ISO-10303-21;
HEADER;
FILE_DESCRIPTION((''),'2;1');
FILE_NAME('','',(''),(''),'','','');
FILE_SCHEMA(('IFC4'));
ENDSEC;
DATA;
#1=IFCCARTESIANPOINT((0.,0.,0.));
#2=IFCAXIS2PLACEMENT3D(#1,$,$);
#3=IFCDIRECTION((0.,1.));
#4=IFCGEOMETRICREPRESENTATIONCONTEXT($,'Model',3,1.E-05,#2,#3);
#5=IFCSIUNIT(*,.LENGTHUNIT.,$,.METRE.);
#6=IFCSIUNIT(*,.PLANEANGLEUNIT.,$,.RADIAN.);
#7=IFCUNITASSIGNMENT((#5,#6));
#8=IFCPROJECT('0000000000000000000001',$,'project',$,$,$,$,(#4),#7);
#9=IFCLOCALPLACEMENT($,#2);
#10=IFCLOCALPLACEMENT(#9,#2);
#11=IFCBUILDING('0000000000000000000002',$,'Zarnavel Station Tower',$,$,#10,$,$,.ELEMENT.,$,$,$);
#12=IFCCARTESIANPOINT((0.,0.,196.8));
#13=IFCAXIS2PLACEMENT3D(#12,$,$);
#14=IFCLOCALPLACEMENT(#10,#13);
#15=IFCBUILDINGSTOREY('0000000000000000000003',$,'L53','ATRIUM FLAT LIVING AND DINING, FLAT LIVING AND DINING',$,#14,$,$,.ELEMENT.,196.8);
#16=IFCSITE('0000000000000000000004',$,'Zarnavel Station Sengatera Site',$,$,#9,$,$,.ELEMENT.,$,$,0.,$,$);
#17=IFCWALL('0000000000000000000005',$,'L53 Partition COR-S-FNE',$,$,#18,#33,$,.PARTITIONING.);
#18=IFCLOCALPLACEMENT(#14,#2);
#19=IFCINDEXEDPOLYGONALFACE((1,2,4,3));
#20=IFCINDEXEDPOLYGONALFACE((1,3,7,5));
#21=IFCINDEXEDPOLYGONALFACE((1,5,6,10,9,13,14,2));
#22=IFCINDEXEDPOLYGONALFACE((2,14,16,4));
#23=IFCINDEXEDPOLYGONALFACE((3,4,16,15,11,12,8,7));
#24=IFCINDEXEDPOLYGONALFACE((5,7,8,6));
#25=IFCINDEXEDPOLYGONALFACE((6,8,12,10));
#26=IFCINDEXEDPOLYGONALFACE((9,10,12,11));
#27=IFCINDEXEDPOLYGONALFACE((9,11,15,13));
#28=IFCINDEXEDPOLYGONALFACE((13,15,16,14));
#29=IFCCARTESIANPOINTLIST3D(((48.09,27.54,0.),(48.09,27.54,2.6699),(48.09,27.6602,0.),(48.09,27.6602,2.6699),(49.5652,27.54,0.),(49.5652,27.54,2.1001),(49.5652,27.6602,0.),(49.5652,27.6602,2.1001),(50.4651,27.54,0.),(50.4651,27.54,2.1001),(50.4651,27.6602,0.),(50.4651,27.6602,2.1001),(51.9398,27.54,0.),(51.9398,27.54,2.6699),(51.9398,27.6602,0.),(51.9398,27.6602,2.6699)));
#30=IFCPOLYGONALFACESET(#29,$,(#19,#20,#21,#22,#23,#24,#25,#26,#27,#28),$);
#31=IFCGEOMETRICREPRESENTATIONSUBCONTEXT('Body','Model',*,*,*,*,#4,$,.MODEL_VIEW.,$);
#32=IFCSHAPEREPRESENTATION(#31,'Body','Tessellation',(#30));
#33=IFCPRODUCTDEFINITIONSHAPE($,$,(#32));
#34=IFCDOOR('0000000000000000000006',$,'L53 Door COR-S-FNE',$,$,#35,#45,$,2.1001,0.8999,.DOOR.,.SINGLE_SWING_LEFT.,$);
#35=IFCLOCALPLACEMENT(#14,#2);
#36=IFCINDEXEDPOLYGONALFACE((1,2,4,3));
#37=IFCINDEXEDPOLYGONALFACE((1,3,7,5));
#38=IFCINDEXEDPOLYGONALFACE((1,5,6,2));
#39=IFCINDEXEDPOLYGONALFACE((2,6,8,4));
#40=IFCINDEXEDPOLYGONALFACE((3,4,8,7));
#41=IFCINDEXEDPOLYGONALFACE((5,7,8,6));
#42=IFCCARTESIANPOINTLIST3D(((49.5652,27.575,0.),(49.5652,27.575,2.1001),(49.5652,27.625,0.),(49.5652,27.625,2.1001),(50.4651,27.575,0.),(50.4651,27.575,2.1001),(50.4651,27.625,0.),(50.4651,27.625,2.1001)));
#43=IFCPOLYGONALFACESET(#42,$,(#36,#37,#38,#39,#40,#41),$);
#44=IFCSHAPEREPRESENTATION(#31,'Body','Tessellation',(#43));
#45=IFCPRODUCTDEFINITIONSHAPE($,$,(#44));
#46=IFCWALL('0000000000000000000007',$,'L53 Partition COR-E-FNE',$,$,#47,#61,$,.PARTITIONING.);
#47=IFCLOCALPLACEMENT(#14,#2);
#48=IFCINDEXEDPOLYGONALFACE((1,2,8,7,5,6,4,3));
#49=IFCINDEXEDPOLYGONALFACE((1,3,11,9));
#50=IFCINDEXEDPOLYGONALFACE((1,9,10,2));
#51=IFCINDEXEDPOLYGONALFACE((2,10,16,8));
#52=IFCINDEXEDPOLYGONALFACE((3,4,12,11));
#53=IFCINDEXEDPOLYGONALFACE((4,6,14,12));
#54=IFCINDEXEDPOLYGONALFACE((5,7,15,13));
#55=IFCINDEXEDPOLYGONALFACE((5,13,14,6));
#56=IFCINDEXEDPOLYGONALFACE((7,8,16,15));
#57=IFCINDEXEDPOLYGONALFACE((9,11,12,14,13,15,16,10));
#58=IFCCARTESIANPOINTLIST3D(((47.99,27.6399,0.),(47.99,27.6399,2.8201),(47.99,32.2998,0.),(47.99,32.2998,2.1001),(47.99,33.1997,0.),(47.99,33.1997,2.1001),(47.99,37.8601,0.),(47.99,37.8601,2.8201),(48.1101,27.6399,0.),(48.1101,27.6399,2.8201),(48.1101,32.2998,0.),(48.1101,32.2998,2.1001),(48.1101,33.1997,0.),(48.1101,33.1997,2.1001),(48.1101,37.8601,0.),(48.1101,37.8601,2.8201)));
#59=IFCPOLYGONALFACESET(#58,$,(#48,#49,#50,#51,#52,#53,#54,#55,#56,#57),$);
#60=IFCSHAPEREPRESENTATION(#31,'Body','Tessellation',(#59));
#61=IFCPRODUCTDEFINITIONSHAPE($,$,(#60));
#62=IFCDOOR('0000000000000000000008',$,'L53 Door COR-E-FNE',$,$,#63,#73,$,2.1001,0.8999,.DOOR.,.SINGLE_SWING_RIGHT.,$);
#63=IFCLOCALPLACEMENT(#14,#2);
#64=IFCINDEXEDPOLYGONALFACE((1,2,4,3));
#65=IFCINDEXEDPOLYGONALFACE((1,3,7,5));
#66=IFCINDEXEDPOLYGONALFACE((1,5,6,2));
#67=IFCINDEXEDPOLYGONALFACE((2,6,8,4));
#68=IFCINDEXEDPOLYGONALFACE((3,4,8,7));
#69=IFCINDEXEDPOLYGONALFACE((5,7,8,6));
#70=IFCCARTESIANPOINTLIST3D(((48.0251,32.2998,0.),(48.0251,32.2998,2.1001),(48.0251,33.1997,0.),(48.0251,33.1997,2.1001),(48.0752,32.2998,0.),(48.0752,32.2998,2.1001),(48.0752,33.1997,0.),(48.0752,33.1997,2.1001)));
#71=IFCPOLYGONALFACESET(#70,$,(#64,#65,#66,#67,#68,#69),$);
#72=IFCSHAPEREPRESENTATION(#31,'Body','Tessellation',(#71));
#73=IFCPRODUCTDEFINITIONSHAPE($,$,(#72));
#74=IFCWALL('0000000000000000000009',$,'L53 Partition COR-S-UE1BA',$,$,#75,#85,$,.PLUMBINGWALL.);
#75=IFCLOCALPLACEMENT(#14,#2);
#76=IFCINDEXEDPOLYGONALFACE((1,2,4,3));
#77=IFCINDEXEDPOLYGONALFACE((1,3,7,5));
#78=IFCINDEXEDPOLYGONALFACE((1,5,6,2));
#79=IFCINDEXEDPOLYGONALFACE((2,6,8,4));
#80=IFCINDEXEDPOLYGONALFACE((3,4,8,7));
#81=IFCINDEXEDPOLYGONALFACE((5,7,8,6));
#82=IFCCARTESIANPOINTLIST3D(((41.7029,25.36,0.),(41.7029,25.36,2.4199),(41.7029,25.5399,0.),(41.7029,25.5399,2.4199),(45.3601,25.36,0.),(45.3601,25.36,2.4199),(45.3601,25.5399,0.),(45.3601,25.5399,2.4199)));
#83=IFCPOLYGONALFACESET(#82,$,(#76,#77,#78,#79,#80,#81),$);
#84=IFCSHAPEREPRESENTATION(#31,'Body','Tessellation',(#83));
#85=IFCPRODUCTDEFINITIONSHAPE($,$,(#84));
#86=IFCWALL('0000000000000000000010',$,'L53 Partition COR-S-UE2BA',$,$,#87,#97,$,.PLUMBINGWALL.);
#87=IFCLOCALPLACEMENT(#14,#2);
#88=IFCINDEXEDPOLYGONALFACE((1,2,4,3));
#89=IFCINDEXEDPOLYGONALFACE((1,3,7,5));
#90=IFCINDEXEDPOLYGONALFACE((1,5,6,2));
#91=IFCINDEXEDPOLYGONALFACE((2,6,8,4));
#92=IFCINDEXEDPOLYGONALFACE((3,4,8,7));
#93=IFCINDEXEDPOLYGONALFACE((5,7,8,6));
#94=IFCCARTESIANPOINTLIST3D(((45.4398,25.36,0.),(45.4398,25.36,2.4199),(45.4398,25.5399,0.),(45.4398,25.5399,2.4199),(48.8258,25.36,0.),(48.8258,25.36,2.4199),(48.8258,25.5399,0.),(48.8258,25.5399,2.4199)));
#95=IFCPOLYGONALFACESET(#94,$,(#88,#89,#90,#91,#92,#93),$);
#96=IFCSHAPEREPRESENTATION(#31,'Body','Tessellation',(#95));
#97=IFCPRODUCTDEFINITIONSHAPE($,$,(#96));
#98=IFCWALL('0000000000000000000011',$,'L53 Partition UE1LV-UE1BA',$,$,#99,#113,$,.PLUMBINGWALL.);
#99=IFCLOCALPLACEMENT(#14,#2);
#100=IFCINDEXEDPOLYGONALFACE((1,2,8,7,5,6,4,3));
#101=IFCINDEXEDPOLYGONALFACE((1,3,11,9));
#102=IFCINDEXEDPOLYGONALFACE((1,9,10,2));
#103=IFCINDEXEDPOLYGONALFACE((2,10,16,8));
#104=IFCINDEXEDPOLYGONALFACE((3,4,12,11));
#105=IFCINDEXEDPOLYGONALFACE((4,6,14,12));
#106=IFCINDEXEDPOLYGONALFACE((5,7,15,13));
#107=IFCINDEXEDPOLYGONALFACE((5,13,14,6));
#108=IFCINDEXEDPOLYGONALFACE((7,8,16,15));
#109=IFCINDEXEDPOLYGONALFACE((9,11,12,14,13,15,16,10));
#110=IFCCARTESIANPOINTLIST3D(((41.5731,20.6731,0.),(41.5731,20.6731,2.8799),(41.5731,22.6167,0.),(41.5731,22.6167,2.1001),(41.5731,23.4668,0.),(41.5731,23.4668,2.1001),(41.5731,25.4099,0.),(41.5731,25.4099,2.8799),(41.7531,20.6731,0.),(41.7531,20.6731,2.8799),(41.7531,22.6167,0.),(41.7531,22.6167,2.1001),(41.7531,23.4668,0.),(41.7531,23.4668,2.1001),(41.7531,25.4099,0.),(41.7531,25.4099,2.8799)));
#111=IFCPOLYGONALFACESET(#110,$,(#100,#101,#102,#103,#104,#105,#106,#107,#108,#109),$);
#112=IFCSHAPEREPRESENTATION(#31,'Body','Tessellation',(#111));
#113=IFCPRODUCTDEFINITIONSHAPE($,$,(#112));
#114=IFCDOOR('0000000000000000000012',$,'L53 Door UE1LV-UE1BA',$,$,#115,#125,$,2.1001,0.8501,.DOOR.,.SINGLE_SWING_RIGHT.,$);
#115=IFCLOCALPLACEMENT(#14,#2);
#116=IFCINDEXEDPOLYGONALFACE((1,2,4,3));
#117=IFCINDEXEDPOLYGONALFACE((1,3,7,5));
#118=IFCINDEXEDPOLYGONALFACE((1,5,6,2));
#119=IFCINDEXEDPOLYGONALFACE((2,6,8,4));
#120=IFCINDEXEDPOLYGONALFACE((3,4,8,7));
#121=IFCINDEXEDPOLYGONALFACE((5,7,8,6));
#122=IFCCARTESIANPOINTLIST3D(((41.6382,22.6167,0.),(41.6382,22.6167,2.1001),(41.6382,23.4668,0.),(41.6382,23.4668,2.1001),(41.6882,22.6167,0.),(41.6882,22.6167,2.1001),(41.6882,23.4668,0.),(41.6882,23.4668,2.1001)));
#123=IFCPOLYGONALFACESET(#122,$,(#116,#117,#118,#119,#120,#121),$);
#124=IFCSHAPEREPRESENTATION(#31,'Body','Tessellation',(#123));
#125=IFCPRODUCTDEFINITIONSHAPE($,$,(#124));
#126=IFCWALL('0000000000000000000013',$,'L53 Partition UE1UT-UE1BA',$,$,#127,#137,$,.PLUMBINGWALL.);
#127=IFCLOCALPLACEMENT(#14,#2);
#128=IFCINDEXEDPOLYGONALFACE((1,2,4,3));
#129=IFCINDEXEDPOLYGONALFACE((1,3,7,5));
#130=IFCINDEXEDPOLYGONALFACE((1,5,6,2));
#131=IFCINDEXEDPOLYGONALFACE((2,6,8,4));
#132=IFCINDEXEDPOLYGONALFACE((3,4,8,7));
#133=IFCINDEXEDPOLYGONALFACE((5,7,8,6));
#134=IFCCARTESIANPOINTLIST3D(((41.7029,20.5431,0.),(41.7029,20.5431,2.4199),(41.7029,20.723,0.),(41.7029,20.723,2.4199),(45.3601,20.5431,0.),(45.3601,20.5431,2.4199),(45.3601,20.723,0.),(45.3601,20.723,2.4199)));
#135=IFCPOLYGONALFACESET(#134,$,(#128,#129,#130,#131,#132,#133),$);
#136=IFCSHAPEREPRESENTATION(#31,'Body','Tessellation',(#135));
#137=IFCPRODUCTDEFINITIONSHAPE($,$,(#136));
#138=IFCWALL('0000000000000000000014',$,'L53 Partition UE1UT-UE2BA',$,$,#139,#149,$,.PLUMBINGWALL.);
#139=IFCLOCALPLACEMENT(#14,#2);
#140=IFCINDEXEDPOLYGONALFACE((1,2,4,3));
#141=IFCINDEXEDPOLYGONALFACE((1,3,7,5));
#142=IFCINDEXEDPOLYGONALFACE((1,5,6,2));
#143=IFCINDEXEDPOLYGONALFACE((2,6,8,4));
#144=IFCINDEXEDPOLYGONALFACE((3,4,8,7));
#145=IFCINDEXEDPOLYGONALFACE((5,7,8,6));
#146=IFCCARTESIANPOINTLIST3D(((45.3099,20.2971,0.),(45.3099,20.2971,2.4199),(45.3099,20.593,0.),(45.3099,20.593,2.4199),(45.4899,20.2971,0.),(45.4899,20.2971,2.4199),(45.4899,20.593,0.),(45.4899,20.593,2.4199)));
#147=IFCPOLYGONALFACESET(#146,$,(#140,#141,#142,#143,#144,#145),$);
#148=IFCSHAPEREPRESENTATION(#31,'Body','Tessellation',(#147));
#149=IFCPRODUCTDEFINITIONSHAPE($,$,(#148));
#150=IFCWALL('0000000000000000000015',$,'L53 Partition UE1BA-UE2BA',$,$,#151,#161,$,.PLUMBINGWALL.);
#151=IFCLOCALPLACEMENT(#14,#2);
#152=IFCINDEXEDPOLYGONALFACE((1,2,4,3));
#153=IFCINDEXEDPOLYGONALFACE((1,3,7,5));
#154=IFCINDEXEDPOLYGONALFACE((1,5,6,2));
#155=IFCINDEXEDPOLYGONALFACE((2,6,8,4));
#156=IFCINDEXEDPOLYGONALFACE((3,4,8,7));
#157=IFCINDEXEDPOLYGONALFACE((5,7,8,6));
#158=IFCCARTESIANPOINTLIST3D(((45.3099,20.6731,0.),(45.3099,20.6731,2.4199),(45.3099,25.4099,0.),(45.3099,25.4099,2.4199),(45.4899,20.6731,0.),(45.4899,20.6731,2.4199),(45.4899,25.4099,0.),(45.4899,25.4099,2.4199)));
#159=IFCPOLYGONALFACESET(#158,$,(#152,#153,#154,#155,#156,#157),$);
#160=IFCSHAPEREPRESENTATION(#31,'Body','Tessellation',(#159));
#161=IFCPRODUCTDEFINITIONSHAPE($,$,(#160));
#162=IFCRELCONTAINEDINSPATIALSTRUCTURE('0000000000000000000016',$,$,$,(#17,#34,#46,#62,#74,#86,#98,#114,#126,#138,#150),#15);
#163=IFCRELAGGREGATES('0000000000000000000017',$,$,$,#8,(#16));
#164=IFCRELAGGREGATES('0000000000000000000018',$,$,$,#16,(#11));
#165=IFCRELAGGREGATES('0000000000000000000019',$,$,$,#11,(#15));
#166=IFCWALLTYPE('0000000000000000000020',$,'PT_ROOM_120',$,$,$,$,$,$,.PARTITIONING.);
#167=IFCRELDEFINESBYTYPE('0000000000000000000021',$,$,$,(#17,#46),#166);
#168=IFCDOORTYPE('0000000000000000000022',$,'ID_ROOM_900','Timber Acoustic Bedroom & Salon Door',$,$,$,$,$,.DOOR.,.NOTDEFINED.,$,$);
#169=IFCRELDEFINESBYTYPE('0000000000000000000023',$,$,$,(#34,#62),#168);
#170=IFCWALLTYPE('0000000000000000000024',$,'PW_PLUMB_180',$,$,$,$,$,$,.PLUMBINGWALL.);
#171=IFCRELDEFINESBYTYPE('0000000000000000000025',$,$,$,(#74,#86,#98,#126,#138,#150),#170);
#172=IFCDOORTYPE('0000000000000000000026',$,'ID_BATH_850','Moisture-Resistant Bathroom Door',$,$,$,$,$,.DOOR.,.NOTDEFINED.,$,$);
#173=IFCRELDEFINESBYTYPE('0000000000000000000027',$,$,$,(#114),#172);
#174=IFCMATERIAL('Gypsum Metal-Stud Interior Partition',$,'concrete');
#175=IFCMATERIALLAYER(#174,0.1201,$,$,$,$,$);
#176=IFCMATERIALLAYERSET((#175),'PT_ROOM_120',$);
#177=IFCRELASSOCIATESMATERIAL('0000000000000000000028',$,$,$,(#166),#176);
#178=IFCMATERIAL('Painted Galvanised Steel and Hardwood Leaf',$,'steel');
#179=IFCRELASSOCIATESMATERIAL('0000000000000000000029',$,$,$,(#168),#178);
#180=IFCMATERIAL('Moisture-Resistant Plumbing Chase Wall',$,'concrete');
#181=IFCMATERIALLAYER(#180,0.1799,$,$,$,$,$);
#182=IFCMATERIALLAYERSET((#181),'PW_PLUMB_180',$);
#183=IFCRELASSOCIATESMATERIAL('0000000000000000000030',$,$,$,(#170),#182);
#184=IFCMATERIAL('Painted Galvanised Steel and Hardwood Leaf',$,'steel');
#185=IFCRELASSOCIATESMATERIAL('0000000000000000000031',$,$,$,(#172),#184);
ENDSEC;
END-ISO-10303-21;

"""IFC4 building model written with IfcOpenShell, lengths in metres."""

from ifc_helpers import new_model, si_unit, direction, frame, frame_2d, origin, place, context, subcontext, project, spatial, rectangle, extrude, material, layer, layer_set, type_object, element, fill, save


model = new_model("IFC4")

# Units and contexts
model_context = context("Model", 3, precision=1e-05, world=origin(), true_north=direction((0.0, 1.0)))
body_context = subcontext(model_context, "Body", "Model", "MODEL_VIEW")
ifc_project = project(units=[si_unit("LENGTHUNIT", "METRE"), si_unit("PLANEANGLEUNIT", "RADIAN")], contexts=[model_context])

# Site, building, storey
site_placement = place(None, origin())
site = spatial("IfcSite", under=ifc_project, at=site_placement, Name="Zarnavel Station Sengatera Site", CompositionType="ELEMENT", RefElevation=0.0)
building_placement = place(site_placement, origin())
building = spatial("IfcBuilding", under=site, at=building_placement, Name="Zarnavel Station Tower", CompositionType="ELEMENT")
storey_placement = place(building_placement, frame((0.0, 0.0, 196.8)))
storey = spatial("IfcBuildingStorey", under=building, at=storey_placement, Name="L53", Description="ATRIUM FLAT LIVING AND DINING, FLAT LIVING AND DINING", CompositionType="ELEMENT", Elevation=196.8)

# Walls, openings, doors
ifc_material_1 = material(Name="Gypsum Metal-Stud Interior Partition", Category="concrete")
ifc_layer_1 = layer(ifc_material_1, 0.1201)
ifc_layer_set_1 = layer_set([ifc_layer_1], Name="PT_ROOM_120")
wall_type_1 = type_object("IfcWallType", Name="PT_ROOM_120", PredefinedType="PARTITIONING", material=ifc_layer_set_1)
wall_1_placement = place(storey_placement, frame((48.0901, 27.6001, 0.0), z_axis=(0.0, 0.0, 1.0), x_axis=(1.0, 0.0, 0.0)))
wall_1 = element("IfcWall", 1, at=wall_1_placement, inside=storey, type_object=wall_type_1, Name="L53 Partition COR-S-FNE", PredefinedType="PARTITIONING", context=body_context, shape_type="SweptSolid", body=[
    extrude(rectangle(XDim=3.8499, YDim=0.1201, at=frame_2d((1.9248, 0.0))), origin(), (0.0, 0.0, 1.0), 2.6699),
])
opening_1_placement = place(wall_1_placement, frame((1.4751, 0.0, 0.0)))
opening_1 = element("IfcOpeningElement", 2, at=opening_1_placement, cuts=wall_1, PredefinedType="OPENING", context=body_context, shape_type="SweptSolid", body=[
    extrude(rectangle(XDim=0.8999, YDim=2.1001, at=frame_2d((0.45, 1.05))), frame((0.0, 0.0701, 0.0), z_axis=(0.0, -1.0, 0.0), x_axis=(1.0, 0.0, 0.0)), (0.0, 0.0, 1.0), 0.1401),
])
ifc_material_2 = material(Name="Painted Galvanised Steel and Hardwood Leaf", Category="steel")
door_type_1 = type_object("IfcDoorType", Name="ID_ROOM_900", Description="Timber Acoustic Bedroom & Salon Door", OperationType="NOTDEFINED", PredefinedType="DOOR", material=ifc_material_2)
door_1_placement = place(opening_1_placement, origin())
door_1 = element("IfcDoor", 3, at=door_1_placement, inside=storey, type_object=door_type_1, Name="L53 Door COR-S-FNE", OperationType="SINGLE_SWING_LEFT", OverallHeight=2.1001, OverallWidth=0.8999, PredefinedType="DOOR", context=body_context, shape_type="SweptSolid", body=[
    extrude(rectangle(XDim=0.8999, YDim=2.1001, at=frame_2d((0.45, 1.05))), frame((0.0, 0.0249, 0.0), z_axis=(0.0, -1.0, 0.0), x_axis=(1.0, 0.0, 0.0)), (0.0, 0.0, 1.0), 0.05),
])
fill(opening_1, door_1)
wall_2_placement = place(storey_placement, frame((48.05, 27.6399, 0.0), z_axis=(0.0, 0.0, 1.0), x_axis=(0.0, 1.0, 0.0)))
wall_2 = element("IfcWall", 4, at=wall_2_placement, inside=storey, type_object=wall_type_1, Name="L53 Partition COR-E-FNE", PredefinedType="PARTITIONING", context=body_context, shape_type="SweptSolid", body=[
    extrude(rectangle(XDim=10.2202, YDim=0.1201, at=frame_2d((5.1101, 0.0))), origin(), (0.0, 0.0, 1.0), 2.8201),
])
opening_2_placement = place(wall_2_placement, frame((4.6599, 0.0, 0.0)))
opening_2 = element("IfcOpeningElement", 5, at=opening_2_placement, cuts=wall_2, PredefinedType="OPENING", context=body_context, shape_type="SweptSolid", body=[
    extrude(rectangle(XDim=0.8999, YDim=2.1001, at=frame_2d((0.45, 1.05))), frame((0.0, 0.0701, 0.0), z_axis=(0.0, -1.0, 0.0), x_axis=(1.0, 0.0, 0.0)), (0.0, 0.0, 1.0), 0.1401),
])
door_2_placement = place(opening_2_placement, origin())
door_2 = element("IfcDoor", 6, at=door_2_placement, inside=storey, type_object=door_type_1, Name="L53 Door COR-E-FNE", OperationType="SINGLE_SWING_RIGHT", OverallHeight=2.1001, OverallWidth=0.8999, PredefinedType="DOOR", context=body_context, shape_type="SweptSolid", body=[
    extrude(rectangle(XDim=0.8999, YDim=2.1001, at=frame_2d((0.45, 1.05))), frame((0.0, 0.0249, 0.0), z_axis=(0.0, -1.0, 0.0), x_axis=(1.0, 0.0, 0.0)), (0.0, 0.0, 1.0), 0.05),
])
fill(opening_2, door_2)

# Walls
ifc_material_3 = material(Name="Moisture-Resistant Plumbing Chase Wall", Category="concrete")
ifc_layer_2 = layer(ifc_material_3, 0.1799)
ifc_layer_set_2 = layer_set([ifc_layer_2], Name="PW_PLUMB_180")
wall_type_2 = type_object("IfcWallType", Name="PW_PLUMB_180", PredefinedType="PLUMBINGWALL", material=ifc_layer_set_2)
wall_3_placement = place(storey_placement, frame((41.7029, 25.45, 0.0), z_axis=(0.0, 0.0, 1.0), x_axis=(1.0, 0.0, 0.0)))
element("IfcWall", 7, at=wall_3_placement, inside=storey, type_object=wall_type_2, Name="L53 Partition COR-S-UE1BA", PredefinedType="PLUMBINGWALL", context=body_context, shape_type="SweptSolid", body=[
    extrude(rectangle(XDim=3.6572, YDim=0.1799, at=frame_2d((1.8286, 0.0))), origin(), (0.0, 0.0, 1.0), 2.4199),
])
wall_4_placement = place(storey_placement, frame((45.4399, 25.45, 0.0), z_axis=(0.0, 0.0, 1.0), x_axis=(1.0, 0.0, 0.0)))
element("IfcWall", 8, at=wall_4_placement, inside=storey, type_object=wall_type_2, Name="L53 Partition COR-S-UE2BA", PredefinedType="PLUMBINGWALL", context=body_context, shape_type="SweptSolid", body=[
    extrude(rectangle(XDim=3.386, YDim=0.1799, at=frame_2d((1.6929, 0.0))), origin(), (0.0, 0.0, 1.0), 2.4199),
])

# Wall, opening, door
wall_5_placement = place(storey_placement, frame((41.6631, 20.6731, 0.0), z_axis=(0.0, 0.0, 1.0), x_axis=(0.0, 1.0, 0.0)))
wall_5 = element("IfcWall", 9, at=wall_5_placement, inside=storey, type_object=wall_type_2, Name="L53 Partition UE1LV-UE1BA", PredefinedType="PLUMBINGWALL", context=body_context, shape_type="SweptSolid", body=[
    extrude(rectangle(XDim=4.7368, YDim=0.1799, at=frame_2d((2.3684, 0.0))), origin(), (0.0, 0.0, 1.0), 2.8799),
])
opening_3_placement = place(wall_5_placement, frame((1.9436, 0.0, 0.0)))
opening_3 = element("IfcOpeningElement", 10, at=opening_3_placement, cuts=wall_5, PredefinedType="OPENING", context=body_context, shape_type="SweptSolid", body=[
    extrude(rectangle(XDim=0.8501, YDim=2.1001, at=frame_2d((0.425, 1.05))), frame((0.0, 0.0999, 0.0), z_axis=(0.0, -1.0, 0.0), x_axis=(1.0, 0.0, 0.0)), (0.0, 0.0, 1.0), 0.2),
])
ifc_material_4 = material(Name="Painted Galvanised Steel and Hardwood Leaf", Category="steel")
door_type_2 = type_object("IfcDoorType", Name="ID_BATH_850", Description="Moisture-Resistant Bathroom Door", OperationType="NOTDEFINED", PredefinedType="DOOR", material=ifc_material_4)
door_3_placement = place(opening_3_placement, origin())
door_3 = element("IfcDoor", 11, at=door_3_placement, inside=storey, type_object=door_type_2, Name="L53 Door UE1LV-UE1BA", OperationType="SINGLE_SWING_RIGHT", OverallHeight=2.1001, OverallWidth=0.8501, PredefinedType="DOOR", context=body_context, shape_type="SweptSolid", body=[
    extrude(rectangle(XDim=0.8501, YDim=2.1001, at=frame_2d((0.425, 1.05))), frame((0.0, 0.0249, 0.0), z_axis=(0.0, -1.0, 0.0), x_axis=(1.0, 0.0, 0.0)), (0.0, 0.0, 1.0), 0.05),
])
fill(opening_3, door_3)

# Walls
wall_6_placement = place(storey_placement, frame((41.7029, 20.6331, 0.0), z_axis=(0.0, 0.0, 1.0), x_axis=(1.0, 0.0, 0.0)))
element("IfcWall", 12, at=wall_6_placement, inside=storey, type_object=wall_type_2, Name="L53 Partition UE1UT-UE1BA", PredefinedType="PLUMBINGWALL", context=body_context, shape_type="SweptSolid", body=[
    extrude(rectangle(XDim=3.6572, YDim=0.1799, at=frame_2d((1.8286, 0.0))), origin(), (0.0, 0.0, 1.0), 2.4199),
])
wall_7_placement = place(storey_placement, frame((45.3999, 20.2971, 0.0), z_axis=(0.0, 0.0, 1.0), x_axis=(0.0, 1.0, 0.0)))
element("IfcWall", 13, at=wall_7_placement, inside=storey, type_object=wall_type_2, Name="L53 Partition UE1UT-UE2BA", PredefinedType="PLUMBINGWALL", context=body_context, shape_type="SweptSolid", body=[
    extrude(rectangle(XDim=0.2959, YDim=0.1799, at=frame_2d((0.1479, 0.0))), origin(), (0.0, 0.0, 1.0), 2.4199),
])
wall_8_placement = place(storey_placement, frame((45.3999, 20.6731, 0.0), z_axis=(0.0, 0.0, 1.0), x_axis=(0.0, 1.0, 0.0)))
element("IfcWall", 14, at=wall_8_placement, inside=storey, type_object=wall_type_2, Name="L53 Partition UE1BA-UE2BA", PredefinedType="PLUMBINGWALL", context=body_context, shape_type="SweptSolid", body=[
    extrude(rectangle(XDim=4.7368, YDim=0.1799, at=frame_2d((2.3684, 0.0))), origin(), (0.0, 0.0, 1.0), 2.4199),
])

save(model, "model.ifc")
